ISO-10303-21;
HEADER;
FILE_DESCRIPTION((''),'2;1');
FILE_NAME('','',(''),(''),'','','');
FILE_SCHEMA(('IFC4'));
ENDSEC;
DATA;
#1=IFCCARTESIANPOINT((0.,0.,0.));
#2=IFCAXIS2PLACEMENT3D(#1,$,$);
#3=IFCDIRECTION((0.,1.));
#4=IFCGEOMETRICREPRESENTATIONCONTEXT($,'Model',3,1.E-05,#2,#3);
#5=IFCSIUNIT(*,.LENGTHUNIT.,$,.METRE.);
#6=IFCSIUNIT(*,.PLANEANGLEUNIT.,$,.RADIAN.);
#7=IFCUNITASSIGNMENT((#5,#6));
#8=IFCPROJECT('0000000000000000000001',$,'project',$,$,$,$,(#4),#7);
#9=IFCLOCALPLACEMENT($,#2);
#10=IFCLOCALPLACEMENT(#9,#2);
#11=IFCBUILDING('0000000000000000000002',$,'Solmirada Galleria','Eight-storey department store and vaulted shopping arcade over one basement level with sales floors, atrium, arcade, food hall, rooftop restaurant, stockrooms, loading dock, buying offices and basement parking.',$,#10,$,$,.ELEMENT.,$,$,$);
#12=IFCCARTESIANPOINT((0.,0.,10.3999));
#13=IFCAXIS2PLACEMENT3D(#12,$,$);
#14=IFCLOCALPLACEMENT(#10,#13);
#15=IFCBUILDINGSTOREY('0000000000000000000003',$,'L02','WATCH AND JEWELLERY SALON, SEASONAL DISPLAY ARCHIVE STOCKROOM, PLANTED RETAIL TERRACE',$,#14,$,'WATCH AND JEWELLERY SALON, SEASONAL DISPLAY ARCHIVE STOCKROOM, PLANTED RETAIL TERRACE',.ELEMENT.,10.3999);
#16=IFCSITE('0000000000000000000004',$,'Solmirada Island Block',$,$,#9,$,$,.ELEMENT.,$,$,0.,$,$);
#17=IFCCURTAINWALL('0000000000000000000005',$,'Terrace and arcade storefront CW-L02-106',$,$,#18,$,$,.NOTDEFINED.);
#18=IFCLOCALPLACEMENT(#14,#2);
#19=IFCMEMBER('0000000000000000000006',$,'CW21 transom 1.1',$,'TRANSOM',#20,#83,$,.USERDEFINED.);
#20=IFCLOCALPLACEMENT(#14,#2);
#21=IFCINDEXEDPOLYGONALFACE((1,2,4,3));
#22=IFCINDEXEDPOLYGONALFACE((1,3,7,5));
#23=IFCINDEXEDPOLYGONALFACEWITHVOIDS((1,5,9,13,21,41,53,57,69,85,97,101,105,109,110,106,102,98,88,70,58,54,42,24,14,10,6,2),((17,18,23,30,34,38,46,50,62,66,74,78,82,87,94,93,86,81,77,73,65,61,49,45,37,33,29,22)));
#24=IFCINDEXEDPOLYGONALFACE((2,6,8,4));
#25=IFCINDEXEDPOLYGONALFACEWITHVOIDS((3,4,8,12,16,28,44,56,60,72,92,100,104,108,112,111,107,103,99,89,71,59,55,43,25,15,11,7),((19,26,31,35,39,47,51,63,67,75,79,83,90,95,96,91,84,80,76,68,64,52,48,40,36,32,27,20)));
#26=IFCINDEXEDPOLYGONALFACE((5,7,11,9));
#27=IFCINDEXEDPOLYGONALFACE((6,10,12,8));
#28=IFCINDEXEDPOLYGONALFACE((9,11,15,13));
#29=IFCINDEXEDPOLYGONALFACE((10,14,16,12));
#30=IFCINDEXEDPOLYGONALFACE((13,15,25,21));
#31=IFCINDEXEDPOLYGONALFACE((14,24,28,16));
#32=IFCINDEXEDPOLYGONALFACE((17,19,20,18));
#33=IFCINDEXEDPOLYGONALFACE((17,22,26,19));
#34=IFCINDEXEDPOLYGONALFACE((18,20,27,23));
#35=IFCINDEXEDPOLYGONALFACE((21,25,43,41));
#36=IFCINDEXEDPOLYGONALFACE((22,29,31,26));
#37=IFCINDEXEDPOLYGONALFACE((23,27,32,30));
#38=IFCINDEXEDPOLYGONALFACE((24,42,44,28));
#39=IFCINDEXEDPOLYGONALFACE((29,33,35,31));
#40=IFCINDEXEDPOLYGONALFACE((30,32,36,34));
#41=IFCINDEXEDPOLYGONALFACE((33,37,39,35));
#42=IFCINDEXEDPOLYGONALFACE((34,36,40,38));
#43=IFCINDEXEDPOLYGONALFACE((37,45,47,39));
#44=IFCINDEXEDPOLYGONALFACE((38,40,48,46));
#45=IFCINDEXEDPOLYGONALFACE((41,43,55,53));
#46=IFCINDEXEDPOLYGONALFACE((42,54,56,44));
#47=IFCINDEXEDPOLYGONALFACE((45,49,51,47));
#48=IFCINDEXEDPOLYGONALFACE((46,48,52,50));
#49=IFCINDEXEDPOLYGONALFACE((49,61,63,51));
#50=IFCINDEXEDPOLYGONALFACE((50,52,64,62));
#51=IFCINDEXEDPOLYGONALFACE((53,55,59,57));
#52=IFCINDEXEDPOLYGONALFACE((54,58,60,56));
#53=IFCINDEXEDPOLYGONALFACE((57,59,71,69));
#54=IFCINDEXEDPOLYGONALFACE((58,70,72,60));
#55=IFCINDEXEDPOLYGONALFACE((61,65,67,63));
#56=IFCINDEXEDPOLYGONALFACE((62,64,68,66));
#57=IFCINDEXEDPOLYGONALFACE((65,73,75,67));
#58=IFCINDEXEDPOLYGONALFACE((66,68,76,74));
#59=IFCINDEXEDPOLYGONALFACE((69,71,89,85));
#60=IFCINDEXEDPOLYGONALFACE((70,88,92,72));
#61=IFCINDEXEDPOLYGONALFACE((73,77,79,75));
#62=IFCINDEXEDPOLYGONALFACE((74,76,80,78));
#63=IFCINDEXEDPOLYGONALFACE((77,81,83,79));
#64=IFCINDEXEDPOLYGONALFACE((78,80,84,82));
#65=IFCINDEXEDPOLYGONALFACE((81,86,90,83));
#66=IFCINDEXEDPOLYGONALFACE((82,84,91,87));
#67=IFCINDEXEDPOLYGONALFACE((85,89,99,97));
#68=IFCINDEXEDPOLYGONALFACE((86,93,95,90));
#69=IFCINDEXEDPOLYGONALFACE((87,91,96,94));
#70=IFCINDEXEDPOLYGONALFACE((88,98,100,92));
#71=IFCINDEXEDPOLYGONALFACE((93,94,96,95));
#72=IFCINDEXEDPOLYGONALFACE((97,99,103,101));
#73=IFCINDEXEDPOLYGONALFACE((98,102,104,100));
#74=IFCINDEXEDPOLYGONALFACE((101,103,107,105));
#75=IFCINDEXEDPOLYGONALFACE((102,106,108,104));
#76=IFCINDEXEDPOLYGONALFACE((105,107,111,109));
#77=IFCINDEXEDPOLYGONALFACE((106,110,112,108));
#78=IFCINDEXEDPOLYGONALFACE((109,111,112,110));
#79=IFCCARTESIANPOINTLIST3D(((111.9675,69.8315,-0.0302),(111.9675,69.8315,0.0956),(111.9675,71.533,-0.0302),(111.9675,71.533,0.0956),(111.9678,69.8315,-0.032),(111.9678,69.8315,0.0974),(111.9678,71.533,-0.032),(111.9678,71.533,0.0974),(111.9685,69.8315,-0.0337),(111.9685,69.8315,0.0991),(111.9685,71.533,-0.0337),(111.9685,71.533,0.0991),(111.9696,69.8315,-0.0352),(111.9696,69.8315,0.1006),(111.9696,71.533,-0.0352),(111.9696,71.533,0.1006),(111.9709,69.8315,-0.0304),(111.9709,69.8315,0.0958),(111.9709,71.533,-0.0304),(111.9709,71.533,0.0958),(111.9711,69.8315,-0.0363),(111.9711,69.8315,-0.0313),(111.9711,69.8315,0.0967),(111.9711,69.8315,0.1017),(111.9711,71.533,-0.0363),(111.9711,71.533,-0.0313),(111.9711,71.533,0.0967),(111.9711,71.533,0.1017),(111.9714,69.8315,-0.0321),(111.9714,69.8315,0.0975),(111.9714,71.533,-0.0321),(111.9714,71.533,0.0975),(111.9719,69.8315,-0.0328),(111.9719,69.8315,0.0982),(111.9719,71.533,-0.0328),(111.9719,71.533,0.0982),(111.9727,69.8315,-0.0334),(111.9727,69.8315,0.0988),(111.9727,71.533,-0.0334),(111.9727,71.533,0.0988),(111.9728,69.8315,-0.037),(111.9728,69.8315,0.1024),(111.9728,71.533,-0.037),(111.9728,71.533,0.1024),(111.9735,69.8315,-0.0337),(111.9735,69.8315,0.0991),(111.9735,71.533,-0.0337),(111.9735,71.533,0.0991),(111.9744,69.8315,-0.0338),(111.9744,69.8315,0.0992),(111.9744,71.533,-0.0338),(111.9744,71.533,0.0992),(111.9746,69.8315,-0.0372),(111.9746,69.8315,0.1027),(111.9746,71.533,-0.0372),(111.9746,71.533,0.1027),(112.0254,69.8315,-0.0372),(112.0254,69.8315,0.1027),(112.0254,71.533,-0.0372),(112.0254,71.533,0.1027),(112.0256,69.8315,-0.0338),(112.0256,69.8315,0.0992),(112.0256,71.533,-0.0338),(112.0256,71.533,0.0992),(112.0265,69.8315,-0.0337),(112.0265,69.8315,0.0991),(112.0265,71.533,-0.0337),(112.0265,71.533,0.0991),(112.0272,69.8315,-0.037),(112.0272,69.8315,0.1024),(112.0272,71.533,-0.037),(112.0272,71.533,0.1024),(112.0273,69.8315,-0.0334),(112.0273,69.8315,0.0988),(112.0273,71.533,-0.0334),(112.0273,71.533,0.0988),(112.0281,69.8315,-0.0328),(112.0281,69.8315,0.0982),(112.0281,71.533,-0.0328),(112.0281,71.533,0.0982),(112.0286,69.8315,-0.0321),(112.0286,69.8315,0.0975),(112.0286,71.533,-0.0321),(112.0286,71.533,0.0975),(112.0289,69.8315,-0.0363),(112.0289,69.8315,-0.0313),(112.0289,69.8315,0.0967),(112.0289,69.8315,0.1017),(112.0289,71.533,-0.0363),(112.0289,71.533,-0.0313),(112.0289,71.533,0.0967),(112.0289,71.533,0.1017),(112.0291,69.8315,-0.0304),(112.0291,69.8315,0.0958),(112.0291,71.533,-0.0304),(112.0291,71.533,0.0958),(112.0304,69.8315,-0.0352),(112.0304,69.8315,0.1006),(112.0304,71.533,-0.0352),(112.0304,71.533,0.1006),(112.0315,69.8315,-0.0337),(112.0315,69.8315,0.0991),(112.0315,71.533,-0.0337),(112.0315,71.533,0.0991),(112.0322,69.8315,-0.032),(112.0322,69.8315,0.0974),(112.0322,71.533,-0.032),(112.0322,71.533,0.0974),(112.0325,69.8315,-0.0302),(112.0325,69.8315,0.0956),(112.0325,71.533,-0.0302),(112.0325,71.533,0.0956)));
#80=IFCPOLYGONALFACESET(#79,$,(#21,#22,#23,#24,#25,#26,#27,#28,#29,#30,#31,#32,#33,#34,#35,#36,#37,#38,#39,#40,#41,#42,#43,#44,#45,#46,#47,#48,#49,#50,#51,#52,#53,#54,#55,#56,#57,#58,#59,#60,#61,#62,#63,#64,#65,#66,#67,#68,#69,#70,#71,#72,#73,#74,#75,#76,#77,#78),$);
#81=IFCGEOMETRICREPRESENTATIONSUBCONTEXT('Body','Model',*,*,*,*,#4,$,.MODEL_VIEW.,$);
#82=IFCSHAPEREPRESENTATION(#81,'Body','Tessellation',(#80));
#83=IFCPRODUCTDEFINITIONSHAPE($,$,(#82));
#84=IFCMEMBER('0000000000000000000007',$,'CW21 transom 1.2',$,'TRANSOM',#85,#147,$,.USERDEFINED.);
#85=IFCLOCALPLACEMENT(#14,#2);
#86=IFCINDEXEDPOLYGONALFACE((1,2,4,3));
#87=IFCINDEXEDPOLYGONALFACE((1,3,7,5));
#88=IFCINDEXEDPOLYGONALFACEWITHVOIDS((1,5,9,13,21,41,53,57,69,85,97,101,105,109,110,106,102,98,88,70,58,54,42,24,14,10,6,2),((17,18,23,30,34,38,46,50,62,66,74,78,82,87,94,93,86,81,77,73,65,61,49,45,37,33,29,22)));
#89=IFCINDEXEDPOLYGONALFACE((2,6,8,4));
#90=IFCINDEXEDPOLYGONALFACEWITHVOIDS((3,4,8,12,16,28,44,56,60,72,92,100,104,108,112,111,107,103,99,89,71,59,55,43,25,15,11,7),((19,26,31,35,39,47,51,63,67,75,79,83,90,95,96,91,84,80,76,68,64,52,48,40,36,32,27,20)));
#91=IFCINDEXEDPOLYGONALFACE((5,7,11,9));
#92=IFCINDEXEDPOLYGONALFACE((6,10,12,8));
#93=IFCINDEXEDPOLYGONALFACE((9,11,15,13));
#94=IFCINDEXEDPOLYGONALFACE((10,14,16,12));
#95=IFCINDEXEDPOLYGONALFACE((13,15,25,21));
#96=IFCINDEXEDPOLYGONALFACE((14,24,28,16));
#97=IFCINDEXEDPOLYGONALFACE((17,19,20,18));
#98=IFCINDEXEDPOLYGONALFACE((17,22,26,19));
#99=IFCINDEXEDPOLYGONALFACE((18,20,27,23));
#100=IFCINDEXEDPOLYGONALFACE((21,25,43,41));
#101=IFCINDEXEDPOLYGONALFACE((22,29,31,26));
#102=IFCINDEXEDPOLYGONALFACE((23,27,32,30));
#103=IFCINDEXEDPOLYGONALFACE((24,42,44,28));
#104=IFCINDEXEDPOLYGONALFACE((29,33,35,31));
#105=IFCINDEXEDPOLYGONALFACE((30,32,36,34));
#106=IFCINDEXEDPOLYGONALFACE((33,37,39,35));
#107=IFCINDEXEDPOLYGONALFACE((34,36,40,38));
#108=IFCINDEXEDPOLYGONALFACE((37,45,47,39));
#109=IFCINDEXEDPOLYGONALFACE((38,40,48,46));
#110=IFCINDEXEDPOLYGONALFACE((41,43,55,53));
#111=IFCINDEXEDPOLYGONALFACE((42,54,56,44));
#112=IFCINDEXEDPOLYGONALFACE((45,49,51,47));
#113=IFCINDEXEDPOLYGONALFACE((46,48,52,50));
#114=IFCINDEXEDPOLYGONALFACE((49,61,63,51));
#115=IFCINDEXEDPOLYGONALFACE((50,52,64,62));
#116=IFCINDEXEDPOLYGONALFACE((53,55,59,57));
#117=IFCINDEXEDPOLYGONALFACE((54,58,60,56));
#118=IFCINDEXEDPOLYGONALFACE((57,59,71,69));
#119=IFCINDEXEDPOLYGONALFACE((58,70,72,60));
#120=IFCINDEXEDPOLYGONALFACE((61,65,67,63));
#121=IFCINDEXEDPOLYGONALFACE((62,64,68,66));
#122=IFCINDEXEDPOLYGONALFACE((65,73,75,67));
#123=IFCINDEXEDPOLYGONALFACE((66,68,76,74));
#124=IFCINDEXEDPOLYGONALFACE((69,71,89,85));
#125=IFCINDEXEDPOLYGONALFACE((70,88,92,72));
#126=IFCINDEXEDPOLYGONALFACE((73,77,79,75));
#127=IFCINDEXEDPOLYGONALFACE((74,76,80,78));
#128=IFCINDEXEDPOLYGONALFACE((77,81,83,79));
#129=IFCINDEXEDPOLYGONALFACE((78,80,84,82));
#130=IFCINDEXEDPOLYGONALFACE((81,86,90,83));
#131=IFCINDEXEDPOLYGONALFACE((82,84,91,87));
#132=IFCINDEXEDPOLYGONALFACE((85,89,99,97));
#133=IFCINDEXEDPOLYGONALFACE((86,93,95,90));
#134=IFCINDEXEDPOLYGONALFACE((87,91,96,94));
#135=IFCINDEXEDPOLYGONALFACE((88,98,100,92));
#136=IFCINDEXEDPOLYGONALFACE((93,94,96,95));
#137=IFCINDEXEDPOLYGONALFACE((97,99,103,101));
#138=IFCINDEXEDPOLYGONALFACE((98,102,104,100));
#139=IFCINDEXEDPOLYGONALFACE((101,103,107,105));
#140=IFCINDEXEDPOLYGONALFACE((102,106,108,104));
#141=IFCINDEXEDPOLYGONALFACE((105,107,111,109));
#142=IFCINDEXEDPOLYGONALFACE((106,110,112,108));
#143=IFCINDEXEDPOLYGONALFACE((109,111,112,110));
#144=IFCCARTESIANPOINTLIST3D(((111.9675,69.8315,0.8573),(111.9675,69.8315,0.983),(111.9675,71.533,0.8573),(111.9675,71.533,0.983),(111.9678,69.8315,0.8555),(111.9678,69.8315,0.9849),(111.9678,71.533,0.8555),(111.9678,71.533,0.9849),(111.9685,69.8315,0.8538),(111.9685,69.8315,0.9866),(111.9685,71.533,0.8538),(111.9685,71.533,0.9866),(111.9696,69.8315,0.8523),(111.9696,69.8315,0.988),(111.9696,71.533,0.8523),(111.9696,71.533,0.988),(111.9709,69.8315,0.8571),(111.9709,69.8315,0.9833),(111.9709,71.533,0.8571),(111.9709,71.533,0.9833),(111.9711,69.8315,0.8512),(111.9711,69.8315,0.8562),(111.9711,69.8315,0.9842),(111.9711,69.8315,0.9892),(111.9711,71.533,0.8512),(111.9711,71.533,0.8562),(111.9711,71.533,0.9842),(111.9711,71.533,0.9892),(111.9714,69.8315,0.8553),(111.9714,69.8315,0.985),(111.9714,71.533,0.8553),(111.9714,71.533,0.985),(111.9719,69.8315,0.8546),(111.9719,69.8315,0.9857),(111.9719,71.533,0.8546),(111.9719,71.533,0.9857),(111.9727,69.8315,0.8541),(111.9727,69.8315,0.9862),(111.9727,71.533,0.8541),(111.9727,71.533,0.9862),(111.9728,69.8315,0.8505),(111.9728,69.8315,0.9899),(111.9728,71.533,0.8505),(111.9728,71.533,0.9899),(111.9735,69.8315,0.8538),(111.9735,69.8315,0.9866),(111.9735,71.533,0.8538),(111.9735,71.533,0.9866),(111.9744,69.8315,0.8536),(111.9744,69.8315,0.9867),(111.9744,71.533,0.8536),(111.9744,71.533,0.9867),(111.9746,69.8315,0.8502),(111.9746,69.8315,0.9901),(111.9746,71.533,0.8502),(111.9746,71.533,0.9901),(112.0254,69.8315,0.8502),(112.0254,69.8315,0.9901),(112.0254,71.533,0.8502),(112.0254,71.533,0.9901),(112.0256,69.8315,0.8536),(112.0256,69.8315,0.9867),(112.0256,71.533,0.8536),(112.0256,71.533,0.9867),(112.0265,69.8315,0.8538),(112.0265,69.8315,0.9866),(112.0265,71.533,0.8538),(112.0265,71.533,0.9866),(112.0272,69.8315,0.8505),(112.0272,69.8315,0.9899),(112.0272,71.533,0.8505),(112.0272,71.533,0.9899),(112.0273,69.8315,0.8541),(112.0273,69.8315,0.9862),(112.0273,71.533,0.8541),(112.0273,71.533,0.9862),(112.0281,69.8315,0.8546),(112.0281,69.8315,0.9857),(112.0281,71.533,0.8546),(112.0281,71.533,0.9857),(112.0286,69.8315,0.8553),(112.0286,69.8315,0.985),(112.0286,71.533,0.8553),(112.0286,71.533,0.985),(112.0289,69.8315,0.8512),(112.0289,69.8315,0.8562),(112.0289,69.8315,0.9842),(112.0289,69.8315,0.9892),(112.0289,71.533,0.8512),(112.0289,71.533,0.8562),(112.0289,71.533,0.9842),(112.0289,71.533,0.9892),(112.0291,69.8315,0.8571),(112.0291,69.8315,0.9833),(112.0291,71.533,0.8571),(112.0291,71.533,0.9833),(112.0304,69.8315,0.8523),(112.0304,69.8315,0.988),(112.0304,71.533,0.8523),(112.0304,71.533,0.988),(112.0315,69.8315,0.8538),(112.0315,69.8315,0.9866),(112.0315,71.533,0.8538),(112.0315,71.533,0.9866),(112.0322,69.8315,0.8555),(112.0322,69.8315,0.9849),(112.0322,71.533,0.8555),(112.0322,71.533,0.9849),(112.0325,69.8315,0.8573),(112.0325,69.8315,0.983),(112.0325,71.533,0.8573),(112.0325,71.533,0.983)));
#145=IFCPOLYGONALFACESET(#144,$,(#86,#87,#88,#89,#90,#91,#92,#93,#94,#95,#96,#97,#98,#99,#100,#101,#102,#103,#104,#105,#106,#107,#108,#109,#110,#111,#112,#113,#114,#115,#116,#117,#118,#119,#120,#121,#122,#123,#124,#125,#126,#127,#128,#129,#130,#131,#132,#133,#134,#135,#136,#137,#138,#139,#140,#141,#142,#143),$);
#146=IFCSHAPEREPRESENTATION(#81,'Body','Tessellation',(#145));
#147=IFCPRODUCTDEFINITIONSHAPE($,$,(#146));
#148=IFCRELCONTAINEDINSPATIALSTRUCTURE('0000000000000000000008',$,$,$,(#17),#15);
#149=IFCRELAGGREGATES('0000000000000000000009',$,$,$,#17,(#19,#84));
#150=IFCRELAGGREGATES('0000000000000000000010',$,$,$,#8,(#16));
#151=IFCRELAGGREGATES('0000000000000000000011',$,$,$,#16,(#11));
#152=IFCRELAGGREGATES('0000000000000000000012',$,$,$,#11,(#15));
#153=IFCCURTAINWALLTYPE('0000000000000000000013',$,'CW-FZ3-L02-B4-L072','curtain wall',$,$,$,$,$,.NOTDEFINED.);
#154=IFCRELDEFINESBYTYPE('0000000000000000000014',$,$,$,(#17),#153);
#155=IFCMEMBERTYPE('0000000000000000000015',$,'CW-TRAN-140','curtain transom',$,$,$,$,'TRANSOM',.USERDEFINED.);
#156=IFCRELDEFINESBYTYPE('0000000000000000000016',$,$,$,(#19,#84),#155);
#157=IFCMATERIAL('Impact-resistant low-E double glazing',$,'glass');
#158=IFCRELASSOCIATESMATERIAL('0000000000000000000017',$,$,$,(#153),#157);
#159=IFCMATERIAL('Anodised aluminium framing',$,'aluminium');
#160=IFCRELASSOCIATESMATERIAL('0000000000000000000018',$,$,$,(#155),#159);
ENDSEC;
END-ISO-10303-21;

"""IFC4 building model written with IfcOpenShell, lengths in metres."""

from ifc_helpers import new_model, si_unit, direction, frame, origin, origin_2d, place, context, subcontext, project, spatial, hollow_rectangle, extrude, material, material_profile, profile_set, type_object, element, aggregate, save


model = new_model("IFC4")

# Units and contexts
model_context = context("Model", 3, precision=1e-05, world=origin(), true_north=direction((0.0, 1.0)))
body_context = subcontext(model_context, "Body", "Model", "MODEL_VIEW")
ifc_project = project(units=[si_unit("LENGTHUNIT", "METRE"), si_unit("PLANEANGLEUNIT", "RADIAN")], contexts=[model_context])

# Site, building, storey
site_placement = place(None, origin())
site = spatial("IfcSite", under=ifc_project, at=site_placement, Name="Solmirada Island Block", CompositionType="ELEMENT", RefElevation=0.0)
building_placement = place(site_placement, origin())
building = spatial("IfcBuilding", under=site, at=building_placement, Name="Solmirada Galleria", Description="Eight-storey department store and vaulted shopping arcade over one basement level with sales floors, atrium, arcade, food hall, rooftop restaurant, stockrooms, loading dock, buying offices and basement parking.", CompositionType="ELEMENT")
storey_placement = place(building_placement, frame((0.0, 0.0, 10.3999)))
storey = spatial("IfcBuildingStorey", under=building, at=storey_placement, Name="L02", Description="WATCH AND JEWELLERY SALON, SEASONAL DISPLAY ARCHIVE STOCKROOM, PLANTED RETAIL TERRACE", LongName="WATCH AND JEWELLERY SALON, SEASONAL DISPLAY ARCHIVE STOCKROOM, PLANTED RETAIL TERRACE", CompositionType="ELEMENT", Elevation=10.3999)

# Curtain wall, members
ifc_material_1 = material(Name="Impact-resistant low-E double glazing", Category="glass")
curtain_wall_type = type_object("IfcCurtainWallType", Name="CW-FZ3-L02-B4-L072", Description="curtain wall", PredefinedType="NOTDEFINED", material=ifc_material_1)
curtain_wall_1_placement = place(storey_placement, origin())
curtain_wall_1 = element("IfcCurtainWall", 1, at=curtain_wall_1_placement, inside=storey, type_object=curtain_wall_type, Name="Terrace and arcade storefront CW-L02-106", PredefinedType="NOTDEFINED")
ifc_material_2 = material(Name="Anodised aluminium framing", Category="aluminium")
ifc_material_profile_1 = material_profile(ifc_material_2, hollow_rectangle(XDim=0.0649, YDim=0.1399, WallThickness=0.0034, InnerFilletRadius=0.0034, OuterFilletRadius=0.0071, at=origin_2d()), Name="ALU-TRAN-140X65")
ifc_profile_set_1 = profile_set([ifc_material_profile_1], Name="Anodised aluminium framing")
member_type_1 = type_object("IfcMemberType", Name="CW-TRAN-140", Description="curtain transom", ElementType="TRANSOM", PredefinedType="USERDEFINED", material=ifc_profile_set_1)
member_1_placement = place(storey_placement, frame((112.0, 71.533, 0.0327), z_axis=(0.0, -1.0, 0.0), x_axis=(1.0, 0.0, 0.0)))
member_1 = element("IfcMember", 2, at=member_1_placement, type_object=member_type_1, Name="CW21 transom 1.1", ObjectType="TRANSOM", PredefinedType="USERDEFINED", context=body_context, shape_type="SweptSolid", body=[
    extrude(hollow_rectangle(XDim=0.0649, YDim=0.1399, WallThickness=0.0034, InnerFilletRadius=0.0034, OuterFilletRadius=0.0071, at=origin_2d()), origin(), (0.0, 0.0, 1.0), 1.7014),
])
member_2_placement = place(storey_placement, frame((112.0, 71.533, 0.9202), z_axis=(0.0, -1.0, 0.0), x_axis=(1.0, 0.0, 0.0)))
member_2 = element("IfcMember", 3, at=member_2_placement, type_object=member_type_1, Name="CW21 transom 1.2", ObjectType="TRANSOM", PredefinedType="USERDEFINED", context=body_context, shape_type="SweptSolid", body=[
    extrude(hollow_rectangle(XDim=0.0649, YDim=0.1399, WallThickness=0.0034, InnerFilletRadius=0.0034, OuterFilletRadius=0.0071, at=origin_2d()), origin(), (0.0, 0.0, 1.0), 1.7014),
])

aggregate(curtain_wall_1, [member_1, member_2])

save(model, "model.ifc")
